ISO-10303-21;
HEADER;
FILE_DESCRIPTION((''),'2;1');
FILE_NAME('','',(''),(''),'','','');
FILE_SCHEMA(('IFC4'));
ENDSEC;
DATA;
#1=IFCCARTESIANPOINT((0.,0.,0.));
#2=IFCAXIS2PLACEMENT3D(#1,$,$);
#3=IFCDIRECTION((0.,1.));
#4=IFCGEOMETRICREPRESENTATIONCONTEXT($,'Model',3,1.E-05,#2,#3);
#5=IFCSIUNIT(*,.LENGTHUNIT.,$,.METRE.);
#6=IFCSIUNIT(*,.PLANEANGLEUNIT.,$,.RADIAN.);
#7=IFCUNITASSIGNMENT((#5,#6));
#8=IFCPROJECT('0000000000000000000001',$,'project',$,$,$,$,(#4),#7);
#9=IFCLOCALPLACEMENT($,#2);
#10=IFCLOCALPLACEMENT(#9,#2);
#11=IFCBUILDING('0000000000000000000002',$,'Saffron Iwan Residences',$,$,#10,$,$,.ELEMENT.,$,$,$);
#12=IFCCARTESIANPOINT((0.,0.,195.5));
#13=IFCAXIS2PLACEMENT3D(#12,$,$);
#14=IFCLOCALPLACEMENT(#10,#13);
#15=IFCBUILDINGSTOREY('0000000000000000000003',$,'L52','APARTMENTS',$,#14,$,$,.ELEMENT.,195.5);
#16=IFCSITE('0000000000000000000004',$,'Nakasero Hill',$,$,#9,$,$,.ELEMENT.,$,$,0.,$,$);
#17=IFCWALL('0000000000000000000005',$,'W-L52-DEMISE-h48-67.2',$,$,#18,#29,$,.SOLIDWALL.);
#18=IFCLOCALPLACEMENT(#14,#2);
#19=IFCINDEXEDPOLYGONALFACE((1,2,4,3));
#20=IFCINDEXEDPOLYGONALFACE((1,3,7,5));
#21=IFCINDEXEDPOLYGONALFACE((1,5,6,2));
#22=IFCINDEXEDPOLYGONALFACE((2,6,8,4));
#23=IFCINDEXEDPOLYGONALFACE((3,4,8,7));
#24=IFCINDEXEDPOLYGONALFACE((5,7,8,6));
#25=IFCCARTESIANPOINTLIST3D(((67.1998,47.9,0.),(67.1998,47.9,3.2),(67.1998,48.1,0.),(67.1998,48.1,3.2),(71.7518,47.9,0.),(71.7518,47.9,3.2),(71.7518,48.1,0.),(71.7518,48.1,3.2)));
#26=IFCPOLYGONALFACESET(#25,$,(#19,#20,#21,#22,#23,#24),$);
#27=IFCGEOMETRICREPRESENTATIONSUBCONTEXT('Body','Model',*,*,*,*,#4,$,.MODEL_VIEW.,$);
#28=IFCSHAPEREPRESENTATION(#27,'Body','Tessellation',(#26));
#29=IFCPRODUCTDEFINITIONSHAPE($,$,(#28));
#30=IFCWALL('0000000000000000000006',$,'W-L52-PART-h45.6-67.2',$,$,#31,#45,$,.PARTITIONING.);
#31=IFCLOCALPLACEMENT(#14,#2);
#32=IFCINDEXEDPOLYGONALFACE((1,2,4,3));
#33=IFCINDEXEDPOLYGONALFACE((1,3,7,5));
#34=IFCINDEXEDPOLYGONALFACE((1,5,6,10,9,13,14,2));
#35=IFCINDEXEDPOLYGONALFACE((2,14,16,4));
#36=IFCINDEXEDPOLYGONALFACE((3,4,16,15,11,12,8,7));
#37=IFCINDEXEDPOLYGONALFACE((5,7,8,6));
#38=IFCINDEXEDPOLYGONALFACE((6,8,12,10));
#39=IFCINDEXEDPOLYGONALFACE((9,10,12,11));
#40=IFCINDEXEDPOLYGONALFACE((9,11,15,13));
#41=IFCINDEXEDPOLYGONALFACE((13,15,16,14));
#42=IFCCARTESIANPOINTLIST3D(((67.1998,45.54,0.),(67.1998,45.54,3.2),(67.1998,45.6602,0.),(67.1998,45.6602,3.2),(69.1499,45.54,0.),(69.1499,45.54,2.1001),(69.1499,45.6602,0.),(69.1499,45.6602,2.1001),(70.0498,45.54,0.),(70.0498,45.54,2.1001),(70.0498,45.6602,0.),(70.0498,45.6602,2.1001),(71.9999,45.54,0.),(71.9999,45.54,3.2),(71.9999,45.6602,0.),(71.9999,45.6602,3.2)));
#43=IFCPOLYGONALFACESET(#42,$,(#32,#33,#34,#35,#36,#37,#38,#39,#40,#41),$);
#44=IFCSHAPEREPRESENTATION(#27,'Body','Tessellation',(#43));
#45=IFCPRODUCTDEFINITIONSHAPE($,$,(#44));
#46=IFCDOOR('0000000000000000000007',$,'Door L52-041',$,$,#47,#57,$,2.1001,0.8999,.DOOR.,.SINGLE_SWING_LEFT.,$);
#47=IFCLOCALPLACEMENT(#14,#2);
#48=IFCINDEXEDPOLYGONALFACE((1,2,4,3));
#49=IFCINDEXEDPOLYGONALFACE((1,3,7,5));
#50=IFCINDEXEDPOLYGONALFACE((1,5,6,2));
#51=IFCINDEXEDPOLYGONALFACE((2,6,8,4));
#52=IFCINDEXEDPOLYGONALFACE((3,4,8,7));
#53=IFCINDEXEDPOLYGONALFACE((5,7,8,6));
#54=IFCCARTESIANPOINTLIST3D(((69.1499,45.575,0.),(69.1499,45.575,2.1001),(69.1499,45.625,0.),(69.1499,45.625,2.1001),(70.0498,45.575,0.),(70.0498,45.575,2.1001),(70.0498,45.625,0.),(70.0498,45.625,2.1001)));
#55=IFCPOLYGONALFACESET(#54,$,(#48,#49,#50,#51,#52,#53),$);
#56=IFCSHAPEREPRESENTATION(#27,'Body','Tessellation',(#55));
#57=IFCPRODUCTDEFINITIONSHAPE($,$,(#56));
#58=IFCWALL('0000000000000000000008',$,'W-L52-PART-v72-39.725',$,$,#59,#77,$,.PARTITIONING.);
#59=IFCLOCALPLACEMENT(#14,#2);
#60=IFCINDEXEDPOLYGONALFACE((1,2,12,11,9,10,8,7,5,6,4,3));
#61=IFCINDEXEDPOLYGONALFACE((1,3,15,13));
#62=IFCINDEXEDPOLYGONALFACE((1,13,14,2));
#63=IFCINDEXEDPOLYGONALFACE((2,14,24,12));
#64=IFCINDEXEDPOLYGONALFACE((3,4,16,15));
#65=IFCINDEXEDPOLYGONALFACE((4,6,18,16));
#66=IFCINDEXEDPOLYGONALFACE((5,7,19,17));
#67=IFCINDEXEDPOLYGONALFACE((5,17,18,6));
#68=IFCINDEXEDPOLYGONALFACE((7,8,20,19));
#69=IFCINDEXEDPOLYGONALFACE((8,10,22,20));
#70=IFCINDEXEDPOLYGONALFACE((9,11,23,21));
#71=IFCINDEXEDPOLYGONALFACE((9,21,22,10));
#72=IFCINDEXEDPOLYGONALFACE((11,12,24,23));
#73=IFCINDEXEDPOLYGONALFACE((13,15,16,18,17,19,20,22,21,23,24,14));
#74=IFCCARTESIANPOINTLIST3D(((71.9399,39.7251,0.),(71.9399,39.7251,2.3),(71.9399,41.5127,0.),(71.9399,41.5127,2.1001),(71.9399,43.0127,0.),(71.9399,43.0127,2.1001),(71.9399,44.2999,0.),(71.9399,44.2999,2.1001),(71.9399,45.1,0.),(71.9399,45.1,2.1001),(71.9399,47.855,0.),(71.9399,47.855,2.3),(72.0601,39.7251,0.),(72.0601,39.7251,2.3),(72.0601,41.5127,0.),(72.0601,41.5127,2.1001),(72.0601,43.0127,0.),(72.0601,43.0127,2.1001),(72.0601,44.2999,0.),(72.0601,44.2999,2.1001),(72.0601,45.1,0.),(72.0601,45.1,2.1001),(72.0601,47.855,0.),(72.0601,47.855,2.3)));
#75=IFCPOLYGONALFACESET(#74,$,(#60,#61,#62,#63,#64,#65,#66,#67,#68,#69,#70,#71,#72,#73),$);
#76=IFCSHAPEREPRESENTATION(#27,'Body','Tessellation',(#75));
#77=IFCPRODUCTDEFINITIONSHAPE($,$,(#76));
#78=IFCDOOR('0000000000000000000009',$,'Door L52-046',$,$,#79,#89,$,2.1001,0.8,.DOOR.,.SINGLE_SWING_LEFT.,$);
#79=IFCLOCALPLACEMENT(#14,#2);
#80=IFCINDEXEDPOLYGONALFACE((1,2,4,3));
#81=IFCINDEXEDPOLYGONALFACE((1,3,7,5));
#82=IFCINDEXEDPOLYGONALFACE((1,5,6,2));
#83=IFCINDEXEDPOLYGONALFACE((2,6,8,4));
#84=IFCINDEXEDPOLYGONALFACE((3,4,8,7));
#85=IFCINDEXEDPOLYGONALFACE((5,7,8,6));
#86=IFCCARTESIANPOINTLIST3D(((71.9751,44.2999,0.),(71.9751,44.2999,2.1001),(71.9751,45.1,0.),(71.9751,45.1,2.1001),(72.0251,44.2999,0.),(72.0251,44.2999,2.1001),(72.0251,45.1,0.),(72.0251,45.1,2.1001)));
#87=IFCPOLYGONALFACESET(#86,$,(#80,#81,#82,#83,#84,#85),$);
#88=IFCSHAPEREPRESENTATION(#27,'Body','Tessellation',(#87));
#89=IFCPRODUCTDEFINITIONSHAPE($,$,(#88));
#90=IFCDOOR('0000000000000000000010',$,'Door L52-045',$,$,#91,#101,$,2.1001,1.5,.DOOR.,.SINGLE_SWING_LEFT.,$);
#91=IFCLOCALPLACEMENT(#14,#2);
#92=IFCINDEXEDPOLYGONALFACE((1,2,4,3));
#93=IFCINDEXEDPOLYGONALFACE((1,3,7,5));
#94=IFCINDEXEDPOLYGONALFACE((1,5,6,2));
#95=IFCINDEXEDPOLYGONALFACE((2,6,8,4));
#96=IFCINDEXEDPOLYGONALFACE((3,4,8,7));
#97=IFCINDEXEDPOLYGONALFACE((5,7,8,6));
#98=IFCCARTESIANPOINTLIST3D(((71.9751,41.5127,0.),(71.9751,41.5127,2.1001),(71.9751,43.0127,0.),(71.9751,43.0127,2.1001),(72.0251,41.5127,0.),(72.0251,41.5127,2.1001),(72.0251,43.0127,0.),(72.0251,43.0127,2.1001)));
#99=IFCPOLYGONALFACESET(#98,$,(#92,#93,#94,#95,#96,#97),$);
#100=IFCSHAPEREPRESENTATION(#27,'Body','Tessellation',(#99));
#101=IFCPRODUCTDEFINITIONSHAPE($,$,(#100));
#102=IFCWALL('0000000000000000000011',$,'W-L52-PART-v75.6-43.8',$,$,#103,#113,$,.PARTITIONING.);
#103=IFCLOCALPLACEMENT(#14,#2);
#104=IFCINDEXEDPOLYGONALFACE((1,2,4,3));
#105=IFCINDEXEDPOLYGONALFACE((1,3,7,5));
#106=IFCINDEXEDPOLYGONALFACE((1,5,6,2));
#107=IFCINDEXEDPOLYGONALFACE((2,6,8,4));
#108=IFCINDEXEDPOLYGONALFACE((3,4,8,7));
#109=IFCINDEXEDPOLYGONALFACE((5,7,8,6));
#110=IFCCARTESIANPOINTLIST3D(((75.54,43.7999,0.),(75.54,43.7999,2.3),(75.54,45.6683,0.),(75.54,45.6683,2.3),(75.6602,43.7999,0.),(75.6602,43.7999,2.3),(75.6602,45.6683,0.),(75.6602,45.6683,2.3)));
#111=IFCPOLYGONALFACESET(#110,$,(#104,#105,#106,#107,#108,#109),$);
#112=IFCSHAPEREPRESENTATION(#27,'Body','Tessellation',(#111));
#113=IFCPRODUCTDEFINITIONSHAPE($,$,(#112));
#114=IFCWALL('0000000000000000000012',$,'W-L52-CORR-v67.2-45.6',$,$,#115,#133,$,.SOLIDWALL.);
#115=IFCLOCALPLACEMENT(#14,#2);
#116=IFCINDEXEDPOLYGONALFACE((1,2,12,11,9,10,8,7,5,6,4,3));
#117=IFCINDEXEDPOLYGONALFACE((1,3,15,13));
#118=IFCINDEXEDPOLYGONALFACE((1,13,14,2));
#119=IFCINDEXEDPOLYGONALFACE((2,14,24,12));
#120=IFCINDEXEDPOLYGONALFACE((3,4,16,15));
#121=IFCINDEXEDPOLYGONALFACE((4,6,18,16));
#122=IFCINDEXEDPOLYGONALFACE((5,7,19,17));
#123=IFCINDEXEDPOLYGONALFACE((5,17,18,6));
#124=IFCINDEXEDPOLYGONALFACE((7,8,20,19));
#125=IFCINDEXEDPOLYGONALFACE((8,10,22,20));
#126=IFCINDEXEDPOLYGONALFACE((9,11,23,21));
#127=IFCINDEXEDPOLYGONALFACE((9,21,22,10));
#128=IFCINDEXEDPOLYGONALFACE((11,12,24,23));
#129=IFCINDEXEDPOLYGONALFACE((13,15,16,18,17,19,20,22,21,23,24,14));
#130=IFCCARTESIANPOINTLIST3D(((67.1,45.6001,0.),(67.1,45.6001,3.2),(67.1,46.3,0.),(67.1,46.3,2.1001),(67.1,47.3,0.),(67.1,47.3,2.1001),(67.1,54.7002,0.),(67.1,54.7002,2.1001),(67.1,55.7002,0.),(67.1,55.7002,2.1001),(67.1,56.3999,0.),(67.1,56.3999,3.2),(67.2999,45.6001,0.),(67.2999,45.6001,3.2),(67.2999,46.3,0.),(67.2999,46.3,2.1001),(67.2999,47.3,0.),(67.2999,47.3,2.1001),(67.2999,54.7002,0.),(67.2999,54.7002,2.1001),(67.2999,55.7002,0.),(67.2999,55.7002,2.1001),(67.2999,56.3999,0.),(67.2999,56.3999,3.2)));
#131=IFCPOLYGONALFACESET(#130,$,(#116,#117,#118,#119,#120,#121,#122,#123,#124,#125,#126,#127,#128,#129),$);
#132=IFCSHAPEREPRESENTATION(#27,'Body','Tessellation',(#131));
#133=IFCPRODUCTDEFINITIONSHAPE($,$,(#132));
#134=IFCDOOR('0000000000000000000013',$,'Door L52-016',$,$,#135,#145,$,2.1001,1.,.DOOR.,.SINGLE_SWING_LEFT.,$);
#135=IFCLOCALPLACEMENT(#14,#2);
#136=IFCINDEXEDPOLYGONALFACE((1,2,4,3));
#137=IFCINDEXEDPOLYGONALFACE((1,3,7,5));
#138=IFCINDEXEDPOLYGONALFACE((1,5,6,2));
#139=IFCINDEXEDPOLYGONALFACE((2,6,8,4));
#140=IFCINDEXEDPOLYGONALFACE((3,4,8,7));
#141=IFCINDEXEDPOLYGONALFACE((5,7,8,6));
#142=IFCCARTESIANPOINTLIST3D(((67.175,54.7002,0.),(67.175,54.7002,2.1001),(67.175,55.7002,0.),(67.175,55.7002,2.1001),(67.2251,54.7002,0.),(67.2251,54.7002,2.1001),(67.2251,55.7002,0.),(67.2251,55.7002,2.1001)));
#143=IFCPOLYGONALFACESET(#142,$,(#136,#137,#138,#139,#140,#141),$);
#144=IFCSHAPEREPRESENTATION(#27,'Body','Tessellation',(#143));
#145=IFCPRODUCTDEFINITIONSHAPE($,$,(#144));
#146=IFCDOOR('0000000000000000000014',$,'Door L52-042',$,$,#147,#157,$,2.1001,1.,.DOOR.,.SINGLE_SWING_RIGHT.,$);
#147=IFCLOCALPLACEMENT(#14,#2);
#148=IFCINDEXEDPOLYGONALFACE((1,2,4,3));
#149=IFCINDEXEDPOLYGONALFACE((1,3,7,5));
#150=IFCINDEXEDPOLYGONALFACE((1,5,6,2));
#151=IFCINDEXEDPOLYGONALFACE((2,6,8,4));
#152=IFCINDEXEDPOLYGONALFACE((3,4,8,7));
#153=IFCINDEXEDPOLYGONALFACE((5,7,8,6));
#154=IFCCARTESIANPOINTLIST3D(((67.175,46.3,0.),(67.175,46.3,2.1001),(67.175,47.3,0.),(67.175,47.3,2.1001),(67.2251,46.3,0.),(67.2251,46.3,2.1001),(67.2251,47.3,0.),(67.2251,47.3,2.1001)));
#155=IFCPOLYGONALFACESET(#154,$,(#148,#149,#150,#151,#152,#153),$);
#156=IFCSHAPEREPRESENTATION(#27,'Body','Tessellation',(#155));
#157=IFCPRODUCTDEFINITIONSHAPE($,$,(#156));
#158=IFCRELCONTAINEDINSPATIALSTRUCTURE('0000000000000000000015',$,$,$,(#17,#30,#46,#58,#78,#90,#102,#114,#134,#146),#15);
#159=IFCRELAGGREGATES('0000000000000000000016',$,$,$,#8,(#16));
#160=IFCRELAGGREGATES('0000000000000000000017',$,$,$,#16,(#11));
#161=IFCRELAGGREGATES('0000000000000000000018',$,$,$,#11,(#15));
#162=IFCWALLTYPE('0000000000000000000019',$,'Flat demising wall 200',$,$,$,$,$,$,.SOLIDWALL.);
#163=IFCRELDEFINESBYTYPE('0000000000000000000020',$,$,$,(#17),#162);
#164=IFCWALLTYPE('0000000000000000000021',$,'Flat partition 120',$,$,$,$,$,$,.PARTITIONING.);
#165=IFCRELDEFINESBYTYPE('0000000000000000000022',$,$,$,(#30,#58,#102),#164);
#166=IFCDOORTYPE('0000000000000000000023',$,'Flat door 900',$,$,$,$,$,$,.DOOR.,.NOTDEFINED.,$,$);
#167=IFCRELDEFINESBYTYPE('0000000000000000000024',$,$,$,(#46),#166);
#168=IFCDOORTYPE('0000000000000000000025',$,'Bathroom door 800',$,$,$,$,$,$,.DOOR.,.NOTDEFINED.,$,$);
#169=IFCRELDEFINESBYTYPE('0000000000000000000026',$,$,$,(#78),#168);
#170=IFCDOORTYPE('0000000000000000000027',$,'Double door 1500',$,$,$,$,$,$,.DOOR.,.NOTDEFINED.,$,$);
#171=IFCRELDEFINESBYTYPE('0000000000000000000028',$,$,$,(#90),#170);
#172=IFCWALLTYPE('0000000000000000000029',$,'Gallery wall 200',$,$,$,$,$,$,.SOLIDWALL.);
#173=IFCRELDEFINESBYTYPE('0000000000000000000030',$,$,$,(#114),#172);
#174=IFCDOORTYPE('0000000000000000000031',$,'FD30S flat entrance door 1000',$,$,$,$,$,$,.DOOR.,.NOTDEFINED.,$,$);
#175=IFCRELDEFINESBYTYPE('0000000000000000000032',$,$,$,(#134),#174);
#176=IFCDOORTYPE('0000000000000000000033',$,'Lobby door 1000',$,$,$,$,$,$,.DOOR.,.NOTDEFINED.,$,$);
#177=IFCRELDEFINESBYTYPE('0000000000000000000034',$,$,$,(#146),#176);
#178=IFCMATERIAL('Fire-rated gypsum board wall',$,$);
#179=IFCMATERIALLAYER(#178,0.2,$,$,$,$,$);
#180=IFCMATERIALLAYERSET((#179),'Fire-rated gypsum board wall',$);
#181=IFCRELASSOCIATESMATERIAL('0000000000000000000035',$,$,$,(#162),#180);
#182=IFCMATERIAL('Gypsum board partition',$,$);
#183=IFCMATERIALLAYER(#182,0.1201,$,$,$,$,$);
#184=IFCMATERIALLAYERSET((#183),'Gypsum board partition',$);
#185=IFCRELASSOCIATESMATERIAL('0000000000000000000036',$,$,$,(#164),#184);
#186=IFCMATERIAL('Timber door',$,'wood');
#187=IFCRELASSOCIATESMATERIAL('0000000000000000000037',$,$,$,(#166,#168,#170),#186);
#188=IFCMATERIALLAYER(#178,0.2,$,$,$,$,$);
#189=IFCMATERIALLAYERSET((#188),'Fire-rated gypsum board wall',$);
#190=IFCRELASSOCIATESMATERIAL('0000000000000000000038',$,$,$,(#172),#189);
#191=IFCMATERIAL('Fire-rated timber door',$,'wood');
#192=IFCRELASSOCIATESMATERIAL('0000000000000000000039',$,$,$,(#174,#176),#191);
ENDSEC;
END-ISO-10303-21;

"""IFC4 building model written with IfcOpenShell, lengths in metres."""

from ifc_helpers import new_model, si_unit, direction, frame, frame_2d, origin, place, context, subcontext, project, spatial, rectangle, extrude, material, layer, layer_set, type_object, element, fill, save


model = new_model("IFC4")

# Units and contexts
model_context = context("Model", 3, precision=1e-05, world=origin(), true_north=direction((0.0, 1.0)))
body_context = subcontext(model_context, "Body", "Model", "MODEL_VIEW")
ifc_project = project(units=[si_unit("LENGTHUNIT", "METRE"), si_unit("PLANEANGLEUNIT", "RADIAN")], contexts=[model_context])

# Site, building, storey
site_placement = place(None, origin())
site = spatial("IfcSite", under=ifc_project, at=site_placement, Name="Nakasero Hill", CompositionType="ELEMENT", RefElevation=0.0)
building_placement = place(site_placement, origin())
building = spatial("IfcBuilding", under=site, at=building_placement, Name="Saffron Iwan Residences", CompositionType="ELEMENT")
storey_placement = place(building_placement, frame((0.0, 0.0, 195.5)))
storey = spatial("IfcBuildingStorey", under=building, at=storey_placement, Name="L52", Description="APARTMENTS", CompositionType="ELEMENT", Elevation=195.5)

# Wall
ifc_material_1 = material(Name="Fire-rated gypsum board wall")
ifc_layer_1 = layer(ifc_material_1, 0.2)
ifc_layer_set_1 = layer_set([ifc_layer_1], Name="Fire-rated gypsum board wall")
wall_type_1 = type_object("IfcWallType", Name="Flat demising wall 200", PredefinedType="SOLIDWALL", material=ifc_layer_set_1)
wall_1_placement = place(storey_placement, frame((67.2, 48.0, 0.0), z_axis=(0.0, 0.0, 1.0), x_axis=(1.0, 0.0, 0.0)))
element("IfcWall", 1, at=wall_1_placement, inside=storey, type_object=wall_type_1, Name="W-L52-DEMISE-h48-67.2", PredefinedType="SOLIDWALL", context=body_context, shape_type="SweptSolid", body=[
    extrude(rectangle(XDim=4.552, YDim=0.2, at=frame_2d((2.2759, 0.0))), origin(), (0.0, 0.0, 1.0), 3.2),
])

# Wall, opening, door
ifc_material_2 = material(Name="Gypsum board partition")
ifc_layer_2 = layer(ifc_material_2, 0.1201)
ifc_layer_set_2 = layer_set([ifc_layer_2], Name="Gypsum board partition")
wall_type_2 = type_object("IfcWallType", Name="Flat partition 120", PredefinedType="PARTITIONING", material=ifc_layer_set_2)
wall_2_placement = place(storey_placement, frame((67.2, 45.6001, 0.0), z_axis=(0.0, 0.0, 1.0), x_axis=(1.0, 0.0, 0.0)))
wall_2 = element("IfcWall", 2, at=wall_2_placement, inside=storey, type_object=wall_type_2, Name="W-L52-PART-h45.6-67.2", PredefinedType="PARTITIONING", context=body_context, shape_type="SweptSolid", body=[
    extrude(rectangle(XDim=4.8, YDim=0.1201, at=frame_2d((2.3999, 0.0))), origin(), (0.0, 0.0, 1.0), 3.2),
])
opening_1_placement = place(wall_2_placement, frame((1.95, 0.0, 0.0)))
opening_1 = element("IfcOpeningElement", 3, at=opening_1_placement, cuts=wall_2, PredefinedType="OPENING", context=body_context, shape_type="SweptSolid", body=[
    extrude(rectangle(XDim=0.8999, YDim=2.1001, at=frame_2d((0.45, 1.05))), frame((0.0, 0.0701, 0.0), z_axis=(0.0, -1.0, 0.0), x_axis=(1.0, 0.0, 0.0)), (0.0, 0.0, 1.0), 0.1401),
])
ifc_material_3 = material(Name="Timber door", Category="wood")
door_type_1 = type_object("IfcDoorType", Name="Flat door 900", OperationType="NOTDEFINED", PredefinedType="DOOR", material=ifc_material_3)
door_1_placement = place(opening_1_placement, origin())
door_1 = element("IfcDoor", 4, at=door_1_placement, inside=storey, type_object=door_type_1, Name="Door L52-041", OperationType="SINGLE_SWING_LEFT", OverallHeight=2.1001, OverallWidth=0.8999, PredefinedType="DOOR", context=body_context, shape_type="SweptSolid", body=[
    extrude(rectangle(XDim=0.8999, YDim=2.1001, at=frame_2d((0.45, 1.05))), frame((0.0, 0.0249, 0.0), z_axis=(0.0, -1.0, 0.0), x_axis=(1.0, 0.0, 0.0)), (0.0, 0.0, 1.0), 0.05),
])
fill(opening_1, door_1)

# Wall, openings, doors
wall_3_placement = place(storey_placement, frame((72.0, 39.7251, 0.0), z_axis=(0.0, 0.0, 1.0), x_axis=(0.0, 1.0, 0.0)))
wall_3 = element("IfcWall", 5, at=wall_3_placement, inside=storey, type_object=wall_type_2, Name="W-L52-PART-v72-39.725", PredefinedType="PARTITIONING", context=body_context, shape_type="SweptSolid", body=[
    extrude(rectangle(XDim=8.1299, YDim=0.1201, at=frame_2d((4.0649, 0.0))), origin(), (0.0, 0.0, 1.0), 2.3),
])
opening_2_placement = place(wall_3_placement, frame((1.7876, 0.0, 0.0)))
opening_2 = element("IfcOpeningElement", 6, at=opening_2_placement, cuts=wall_3, PredefinedType="OPENING", context=body_context, shape_type="SweptSolid", body=[
    extrude(rectangle(XDim=1.5, YDim=2.1001, at=frame_2d((0.75, 1.05))), frame((0.0, 0.0701, 0.0), z_axis=(0.0, -1.0, 0.0), x_axis=(1.0, 0.0, 0.0)), (0.0, 0.0, 1.0), 0.1401),
])
opening_3_placement = place(wall_3_placement, frame((4.575, 0.0, 0.0)))
opening_3 = element("IfcOpeningElement", 7, at=opening_3_placement, cuts=wall_3, PredefinedType="OPENING", context=body_context, shape_type="SweptSolid", body=[
    extrude(rectangle(XDim=0.8, YDim=2.1001, at=frame_2d((0.3999, 1.05))), frame((0.0, 0.0701, 0.0), z_axis=(0.0, -1.0, 0.0), x_axis=(1.0, 0.0, 0.0)), (0.0, 0.0, 1.0), 0.1401),
])
door_type_2 = type_object("IfcDoorType", Name="Bathroom door 800", OperationType="NOTDEFINED", PredefinedType="DOOR", material=ifc_material_3)
door_2_placement = place(opening_3_placement, origin())
door_2 = element("IfcDoor", 8, at=door_2_placement, inside=storey, type_object=door_type_2, Name="Door L52-046", OperationType="SINGLE_SWING_LEFT", OverallHeight=2.1001, OverallWidth=0.8, PredefinedType="DOOR", context=body_context, shape_type="SweptSolid", body=[
    extrude(rectangle(XDim=0.8, YDim=2.1001, at=frame_2d((0.3999, 1.05))), frame((0.0, 0.0249, 0.0), z_axis=(0.0, -1.0, 0.0), x_axis=(1.0, 0.0, 0.0)), (0.0, 0.0, 1.0), 0.05),
])
fill(opening_3, door_2)
door_type_3 = type_object("IfcDoorType", Name="Double door 1500", OperationType="NOTDEFINED", PredefinedType="DOOR", material=ifc_material_3)
door_3_placement = place(opening_2_placement, origin())
door_3 = element("IfcDoor", 9, at=door_3_placement, inside=storey, type_object=door_type_3, Name="Door L52-045", OperationType="SINGLE_SWING_LEFT", OverallHeight=2.1001, OverallWidth=1.5, PredefinedType="DOOR", context=body_context, shape_type="SweptSolid", body=[
    extrude(rectangle(XDim=1.5, YDim=2.1001, at=frame_2d((0.75, 1.05))), frame((0.0, 0.0249, 0.0), z_axis=(0.0, -1.0, 0.0), x_axis=(1.0, 0.0, 0.0)), (0.0, 0.0, 1.0), 0.05),
])
fill(opening_2, door_3)

# Wall
wall_4_placement = place(storey_placement, frame((75.6001, 43.8, 0.0), z_axis=(0.0, 0.0, 1.0), x_axis=(0.0, 1.0, 0.0)))
element("IfcWall", 10, at=wall_4_placement, inside=storey, type_object=wall_type_2, Name="W-L52-PART-v75.6-43.8", PredefinedType="PARTITIONING", context=body_context, shape_type="SweptSolid", body=[
    extrude(rectangle(XDim=1.8684, YDim=0.1201, at=frame_2d((0.9341, 0.0))), origin(), (0.0, 0.0, 1.0), 2.3),
])

# Wall, openings, doors
ifc_layer_3 = layer(ifc_material_1, 0.2)
ifc_layer_set_3 = layer_set([ifc_layer_3], Name="Fire-rated gypsum board wall")
wall_type_3 = type_object("IfcWallType", Name="Gallery wall 200", PredefinedType="SOLIDWALL", material=ifc_layer_set_3)
wall_5_placement = place(storey_placement, frame((67.2, 45.6001, 0.0), z_axis=(0.0, 0.0, 1.0), x_axis=(0.0, 1.0, 0.0)))
wall_5 = element("IfcWall", 11, at=wall_5_placement, inside=storey, type_object=wall_type_3, Name="W-L52-CORR-v67.2-45.6", PredefinedType="SOLIDWALL", context=body_context, shape_type="SweptSolid", body=[
    extrude(rectangle(XDim=10.7998, YDim=0.2, at=frame_2d((5.3999, 0.0))), origin(), (0.0, 0.0, 1.0), 3.2),
])
opening_4_placement = place(wall_5_placement, frame((9.1001, 0.0, 0.0)))
opening_4 = element("IfcOpeningElement", 12, at=opening_4_placement, cuts=wall_5, PredefinedType="OPENING", context=body_context, shape_type="SweptSolid", body=[
    extrude(rectangle(XDim=1.0, YDim=2.1001, at=frame_2d((0.5, 1.05))), frame((0.0, 0.1099, 0.0), z_axis=(0.0, -1.0, 0.0), x_axis=(1.0, 0.0, 0.0)), (0.0, 0.0, 1.0), 0.22),
])
opening_5_placement = place(wall_5_placement, frame((0.7, 0.0, 0.0)))
opening_5 = element("IfcOpeningElement", 13, at=opening_5_placement, cuts=wall_5, PredefinedType="OPENING", context=body_context, shape_type="SweptSolid", body=[
    extrude(rectangle(XDim=1.0, YDim=2.1001, at=frame_2d((0.5, 1.05))), frame((0.0, 0.1099, 0.0), z_axis=(0.0, -1.0, 0.0), x_axis=(1.0, 0.0, 0.0)), (0.0, 0.0, 1.0), 0.22),
])
ifc_material_4 = material(Name="Fire-rated timber door", Category="wood")
door_type_4 = type_object("IfcDoorType", Name="FD30S flat entrance door 1000", OperationType="NOTDEFINED", PredefinedType="DOOR", material=ifc_material_4)
door_4_placement = place(opening_4_placement, origin())
door_4 = element("IfcDoor", 14, at=door_4_placement, inside=storey, type_object=door_type_4, Name="Door L52-016", OperationType="SINGLE_SWING_LEFT", OverallHeight=2.1001, OverallWidth=1.0, PredefinedType="DOOR", context=body_context, shape_type="SweptSolid", body=[
    extrude(rectangle(XDim=1.0, YDim=2.1001, at=frame_2d((0.5, 1.05))), frame((0.0, 0.0249, 0.0), z_axis=(0.0, -1.0, 0.0), x_axis=(1.0, 0.0, 0.0)), (0.0, 0.0, 1.0), 0.05),
])
fill(opening_4, door_4)
door_type_5 = type_object("IfcDoorType", Name="Lobby door 1000", OperationType="NOTDEFINED", PredefinedType="DOOR", material=ifc_material_4)
door_5_placement = place(opening_5_placement, origin())
door_5 = element("IfcDoor", 15, at=door_5_placement, inside=storey, type_object=door_type_5, Name="Door L52-042", OperationType="SINGLE_SWING_RIGHT", OverallHeight=2.1001, OverallWidth=1.0, PredefinedType="DOOR", context=body_context, shape_type="SweptSolid", body=[
    extrude(rectangle(XDim=1.0, YDim=2.1001, at=frame_2d((0.5, 1.05))), frame((0.0, 0.0249, 0.0), z_axis=(0.0, -1.0, 0.0), x_axis=(1.0, 0.0, 0.0)), (0.0, 0.0, 1.0), 0.05),
])
fill(opening_5, door_5)

save(model, "model.ifc")
